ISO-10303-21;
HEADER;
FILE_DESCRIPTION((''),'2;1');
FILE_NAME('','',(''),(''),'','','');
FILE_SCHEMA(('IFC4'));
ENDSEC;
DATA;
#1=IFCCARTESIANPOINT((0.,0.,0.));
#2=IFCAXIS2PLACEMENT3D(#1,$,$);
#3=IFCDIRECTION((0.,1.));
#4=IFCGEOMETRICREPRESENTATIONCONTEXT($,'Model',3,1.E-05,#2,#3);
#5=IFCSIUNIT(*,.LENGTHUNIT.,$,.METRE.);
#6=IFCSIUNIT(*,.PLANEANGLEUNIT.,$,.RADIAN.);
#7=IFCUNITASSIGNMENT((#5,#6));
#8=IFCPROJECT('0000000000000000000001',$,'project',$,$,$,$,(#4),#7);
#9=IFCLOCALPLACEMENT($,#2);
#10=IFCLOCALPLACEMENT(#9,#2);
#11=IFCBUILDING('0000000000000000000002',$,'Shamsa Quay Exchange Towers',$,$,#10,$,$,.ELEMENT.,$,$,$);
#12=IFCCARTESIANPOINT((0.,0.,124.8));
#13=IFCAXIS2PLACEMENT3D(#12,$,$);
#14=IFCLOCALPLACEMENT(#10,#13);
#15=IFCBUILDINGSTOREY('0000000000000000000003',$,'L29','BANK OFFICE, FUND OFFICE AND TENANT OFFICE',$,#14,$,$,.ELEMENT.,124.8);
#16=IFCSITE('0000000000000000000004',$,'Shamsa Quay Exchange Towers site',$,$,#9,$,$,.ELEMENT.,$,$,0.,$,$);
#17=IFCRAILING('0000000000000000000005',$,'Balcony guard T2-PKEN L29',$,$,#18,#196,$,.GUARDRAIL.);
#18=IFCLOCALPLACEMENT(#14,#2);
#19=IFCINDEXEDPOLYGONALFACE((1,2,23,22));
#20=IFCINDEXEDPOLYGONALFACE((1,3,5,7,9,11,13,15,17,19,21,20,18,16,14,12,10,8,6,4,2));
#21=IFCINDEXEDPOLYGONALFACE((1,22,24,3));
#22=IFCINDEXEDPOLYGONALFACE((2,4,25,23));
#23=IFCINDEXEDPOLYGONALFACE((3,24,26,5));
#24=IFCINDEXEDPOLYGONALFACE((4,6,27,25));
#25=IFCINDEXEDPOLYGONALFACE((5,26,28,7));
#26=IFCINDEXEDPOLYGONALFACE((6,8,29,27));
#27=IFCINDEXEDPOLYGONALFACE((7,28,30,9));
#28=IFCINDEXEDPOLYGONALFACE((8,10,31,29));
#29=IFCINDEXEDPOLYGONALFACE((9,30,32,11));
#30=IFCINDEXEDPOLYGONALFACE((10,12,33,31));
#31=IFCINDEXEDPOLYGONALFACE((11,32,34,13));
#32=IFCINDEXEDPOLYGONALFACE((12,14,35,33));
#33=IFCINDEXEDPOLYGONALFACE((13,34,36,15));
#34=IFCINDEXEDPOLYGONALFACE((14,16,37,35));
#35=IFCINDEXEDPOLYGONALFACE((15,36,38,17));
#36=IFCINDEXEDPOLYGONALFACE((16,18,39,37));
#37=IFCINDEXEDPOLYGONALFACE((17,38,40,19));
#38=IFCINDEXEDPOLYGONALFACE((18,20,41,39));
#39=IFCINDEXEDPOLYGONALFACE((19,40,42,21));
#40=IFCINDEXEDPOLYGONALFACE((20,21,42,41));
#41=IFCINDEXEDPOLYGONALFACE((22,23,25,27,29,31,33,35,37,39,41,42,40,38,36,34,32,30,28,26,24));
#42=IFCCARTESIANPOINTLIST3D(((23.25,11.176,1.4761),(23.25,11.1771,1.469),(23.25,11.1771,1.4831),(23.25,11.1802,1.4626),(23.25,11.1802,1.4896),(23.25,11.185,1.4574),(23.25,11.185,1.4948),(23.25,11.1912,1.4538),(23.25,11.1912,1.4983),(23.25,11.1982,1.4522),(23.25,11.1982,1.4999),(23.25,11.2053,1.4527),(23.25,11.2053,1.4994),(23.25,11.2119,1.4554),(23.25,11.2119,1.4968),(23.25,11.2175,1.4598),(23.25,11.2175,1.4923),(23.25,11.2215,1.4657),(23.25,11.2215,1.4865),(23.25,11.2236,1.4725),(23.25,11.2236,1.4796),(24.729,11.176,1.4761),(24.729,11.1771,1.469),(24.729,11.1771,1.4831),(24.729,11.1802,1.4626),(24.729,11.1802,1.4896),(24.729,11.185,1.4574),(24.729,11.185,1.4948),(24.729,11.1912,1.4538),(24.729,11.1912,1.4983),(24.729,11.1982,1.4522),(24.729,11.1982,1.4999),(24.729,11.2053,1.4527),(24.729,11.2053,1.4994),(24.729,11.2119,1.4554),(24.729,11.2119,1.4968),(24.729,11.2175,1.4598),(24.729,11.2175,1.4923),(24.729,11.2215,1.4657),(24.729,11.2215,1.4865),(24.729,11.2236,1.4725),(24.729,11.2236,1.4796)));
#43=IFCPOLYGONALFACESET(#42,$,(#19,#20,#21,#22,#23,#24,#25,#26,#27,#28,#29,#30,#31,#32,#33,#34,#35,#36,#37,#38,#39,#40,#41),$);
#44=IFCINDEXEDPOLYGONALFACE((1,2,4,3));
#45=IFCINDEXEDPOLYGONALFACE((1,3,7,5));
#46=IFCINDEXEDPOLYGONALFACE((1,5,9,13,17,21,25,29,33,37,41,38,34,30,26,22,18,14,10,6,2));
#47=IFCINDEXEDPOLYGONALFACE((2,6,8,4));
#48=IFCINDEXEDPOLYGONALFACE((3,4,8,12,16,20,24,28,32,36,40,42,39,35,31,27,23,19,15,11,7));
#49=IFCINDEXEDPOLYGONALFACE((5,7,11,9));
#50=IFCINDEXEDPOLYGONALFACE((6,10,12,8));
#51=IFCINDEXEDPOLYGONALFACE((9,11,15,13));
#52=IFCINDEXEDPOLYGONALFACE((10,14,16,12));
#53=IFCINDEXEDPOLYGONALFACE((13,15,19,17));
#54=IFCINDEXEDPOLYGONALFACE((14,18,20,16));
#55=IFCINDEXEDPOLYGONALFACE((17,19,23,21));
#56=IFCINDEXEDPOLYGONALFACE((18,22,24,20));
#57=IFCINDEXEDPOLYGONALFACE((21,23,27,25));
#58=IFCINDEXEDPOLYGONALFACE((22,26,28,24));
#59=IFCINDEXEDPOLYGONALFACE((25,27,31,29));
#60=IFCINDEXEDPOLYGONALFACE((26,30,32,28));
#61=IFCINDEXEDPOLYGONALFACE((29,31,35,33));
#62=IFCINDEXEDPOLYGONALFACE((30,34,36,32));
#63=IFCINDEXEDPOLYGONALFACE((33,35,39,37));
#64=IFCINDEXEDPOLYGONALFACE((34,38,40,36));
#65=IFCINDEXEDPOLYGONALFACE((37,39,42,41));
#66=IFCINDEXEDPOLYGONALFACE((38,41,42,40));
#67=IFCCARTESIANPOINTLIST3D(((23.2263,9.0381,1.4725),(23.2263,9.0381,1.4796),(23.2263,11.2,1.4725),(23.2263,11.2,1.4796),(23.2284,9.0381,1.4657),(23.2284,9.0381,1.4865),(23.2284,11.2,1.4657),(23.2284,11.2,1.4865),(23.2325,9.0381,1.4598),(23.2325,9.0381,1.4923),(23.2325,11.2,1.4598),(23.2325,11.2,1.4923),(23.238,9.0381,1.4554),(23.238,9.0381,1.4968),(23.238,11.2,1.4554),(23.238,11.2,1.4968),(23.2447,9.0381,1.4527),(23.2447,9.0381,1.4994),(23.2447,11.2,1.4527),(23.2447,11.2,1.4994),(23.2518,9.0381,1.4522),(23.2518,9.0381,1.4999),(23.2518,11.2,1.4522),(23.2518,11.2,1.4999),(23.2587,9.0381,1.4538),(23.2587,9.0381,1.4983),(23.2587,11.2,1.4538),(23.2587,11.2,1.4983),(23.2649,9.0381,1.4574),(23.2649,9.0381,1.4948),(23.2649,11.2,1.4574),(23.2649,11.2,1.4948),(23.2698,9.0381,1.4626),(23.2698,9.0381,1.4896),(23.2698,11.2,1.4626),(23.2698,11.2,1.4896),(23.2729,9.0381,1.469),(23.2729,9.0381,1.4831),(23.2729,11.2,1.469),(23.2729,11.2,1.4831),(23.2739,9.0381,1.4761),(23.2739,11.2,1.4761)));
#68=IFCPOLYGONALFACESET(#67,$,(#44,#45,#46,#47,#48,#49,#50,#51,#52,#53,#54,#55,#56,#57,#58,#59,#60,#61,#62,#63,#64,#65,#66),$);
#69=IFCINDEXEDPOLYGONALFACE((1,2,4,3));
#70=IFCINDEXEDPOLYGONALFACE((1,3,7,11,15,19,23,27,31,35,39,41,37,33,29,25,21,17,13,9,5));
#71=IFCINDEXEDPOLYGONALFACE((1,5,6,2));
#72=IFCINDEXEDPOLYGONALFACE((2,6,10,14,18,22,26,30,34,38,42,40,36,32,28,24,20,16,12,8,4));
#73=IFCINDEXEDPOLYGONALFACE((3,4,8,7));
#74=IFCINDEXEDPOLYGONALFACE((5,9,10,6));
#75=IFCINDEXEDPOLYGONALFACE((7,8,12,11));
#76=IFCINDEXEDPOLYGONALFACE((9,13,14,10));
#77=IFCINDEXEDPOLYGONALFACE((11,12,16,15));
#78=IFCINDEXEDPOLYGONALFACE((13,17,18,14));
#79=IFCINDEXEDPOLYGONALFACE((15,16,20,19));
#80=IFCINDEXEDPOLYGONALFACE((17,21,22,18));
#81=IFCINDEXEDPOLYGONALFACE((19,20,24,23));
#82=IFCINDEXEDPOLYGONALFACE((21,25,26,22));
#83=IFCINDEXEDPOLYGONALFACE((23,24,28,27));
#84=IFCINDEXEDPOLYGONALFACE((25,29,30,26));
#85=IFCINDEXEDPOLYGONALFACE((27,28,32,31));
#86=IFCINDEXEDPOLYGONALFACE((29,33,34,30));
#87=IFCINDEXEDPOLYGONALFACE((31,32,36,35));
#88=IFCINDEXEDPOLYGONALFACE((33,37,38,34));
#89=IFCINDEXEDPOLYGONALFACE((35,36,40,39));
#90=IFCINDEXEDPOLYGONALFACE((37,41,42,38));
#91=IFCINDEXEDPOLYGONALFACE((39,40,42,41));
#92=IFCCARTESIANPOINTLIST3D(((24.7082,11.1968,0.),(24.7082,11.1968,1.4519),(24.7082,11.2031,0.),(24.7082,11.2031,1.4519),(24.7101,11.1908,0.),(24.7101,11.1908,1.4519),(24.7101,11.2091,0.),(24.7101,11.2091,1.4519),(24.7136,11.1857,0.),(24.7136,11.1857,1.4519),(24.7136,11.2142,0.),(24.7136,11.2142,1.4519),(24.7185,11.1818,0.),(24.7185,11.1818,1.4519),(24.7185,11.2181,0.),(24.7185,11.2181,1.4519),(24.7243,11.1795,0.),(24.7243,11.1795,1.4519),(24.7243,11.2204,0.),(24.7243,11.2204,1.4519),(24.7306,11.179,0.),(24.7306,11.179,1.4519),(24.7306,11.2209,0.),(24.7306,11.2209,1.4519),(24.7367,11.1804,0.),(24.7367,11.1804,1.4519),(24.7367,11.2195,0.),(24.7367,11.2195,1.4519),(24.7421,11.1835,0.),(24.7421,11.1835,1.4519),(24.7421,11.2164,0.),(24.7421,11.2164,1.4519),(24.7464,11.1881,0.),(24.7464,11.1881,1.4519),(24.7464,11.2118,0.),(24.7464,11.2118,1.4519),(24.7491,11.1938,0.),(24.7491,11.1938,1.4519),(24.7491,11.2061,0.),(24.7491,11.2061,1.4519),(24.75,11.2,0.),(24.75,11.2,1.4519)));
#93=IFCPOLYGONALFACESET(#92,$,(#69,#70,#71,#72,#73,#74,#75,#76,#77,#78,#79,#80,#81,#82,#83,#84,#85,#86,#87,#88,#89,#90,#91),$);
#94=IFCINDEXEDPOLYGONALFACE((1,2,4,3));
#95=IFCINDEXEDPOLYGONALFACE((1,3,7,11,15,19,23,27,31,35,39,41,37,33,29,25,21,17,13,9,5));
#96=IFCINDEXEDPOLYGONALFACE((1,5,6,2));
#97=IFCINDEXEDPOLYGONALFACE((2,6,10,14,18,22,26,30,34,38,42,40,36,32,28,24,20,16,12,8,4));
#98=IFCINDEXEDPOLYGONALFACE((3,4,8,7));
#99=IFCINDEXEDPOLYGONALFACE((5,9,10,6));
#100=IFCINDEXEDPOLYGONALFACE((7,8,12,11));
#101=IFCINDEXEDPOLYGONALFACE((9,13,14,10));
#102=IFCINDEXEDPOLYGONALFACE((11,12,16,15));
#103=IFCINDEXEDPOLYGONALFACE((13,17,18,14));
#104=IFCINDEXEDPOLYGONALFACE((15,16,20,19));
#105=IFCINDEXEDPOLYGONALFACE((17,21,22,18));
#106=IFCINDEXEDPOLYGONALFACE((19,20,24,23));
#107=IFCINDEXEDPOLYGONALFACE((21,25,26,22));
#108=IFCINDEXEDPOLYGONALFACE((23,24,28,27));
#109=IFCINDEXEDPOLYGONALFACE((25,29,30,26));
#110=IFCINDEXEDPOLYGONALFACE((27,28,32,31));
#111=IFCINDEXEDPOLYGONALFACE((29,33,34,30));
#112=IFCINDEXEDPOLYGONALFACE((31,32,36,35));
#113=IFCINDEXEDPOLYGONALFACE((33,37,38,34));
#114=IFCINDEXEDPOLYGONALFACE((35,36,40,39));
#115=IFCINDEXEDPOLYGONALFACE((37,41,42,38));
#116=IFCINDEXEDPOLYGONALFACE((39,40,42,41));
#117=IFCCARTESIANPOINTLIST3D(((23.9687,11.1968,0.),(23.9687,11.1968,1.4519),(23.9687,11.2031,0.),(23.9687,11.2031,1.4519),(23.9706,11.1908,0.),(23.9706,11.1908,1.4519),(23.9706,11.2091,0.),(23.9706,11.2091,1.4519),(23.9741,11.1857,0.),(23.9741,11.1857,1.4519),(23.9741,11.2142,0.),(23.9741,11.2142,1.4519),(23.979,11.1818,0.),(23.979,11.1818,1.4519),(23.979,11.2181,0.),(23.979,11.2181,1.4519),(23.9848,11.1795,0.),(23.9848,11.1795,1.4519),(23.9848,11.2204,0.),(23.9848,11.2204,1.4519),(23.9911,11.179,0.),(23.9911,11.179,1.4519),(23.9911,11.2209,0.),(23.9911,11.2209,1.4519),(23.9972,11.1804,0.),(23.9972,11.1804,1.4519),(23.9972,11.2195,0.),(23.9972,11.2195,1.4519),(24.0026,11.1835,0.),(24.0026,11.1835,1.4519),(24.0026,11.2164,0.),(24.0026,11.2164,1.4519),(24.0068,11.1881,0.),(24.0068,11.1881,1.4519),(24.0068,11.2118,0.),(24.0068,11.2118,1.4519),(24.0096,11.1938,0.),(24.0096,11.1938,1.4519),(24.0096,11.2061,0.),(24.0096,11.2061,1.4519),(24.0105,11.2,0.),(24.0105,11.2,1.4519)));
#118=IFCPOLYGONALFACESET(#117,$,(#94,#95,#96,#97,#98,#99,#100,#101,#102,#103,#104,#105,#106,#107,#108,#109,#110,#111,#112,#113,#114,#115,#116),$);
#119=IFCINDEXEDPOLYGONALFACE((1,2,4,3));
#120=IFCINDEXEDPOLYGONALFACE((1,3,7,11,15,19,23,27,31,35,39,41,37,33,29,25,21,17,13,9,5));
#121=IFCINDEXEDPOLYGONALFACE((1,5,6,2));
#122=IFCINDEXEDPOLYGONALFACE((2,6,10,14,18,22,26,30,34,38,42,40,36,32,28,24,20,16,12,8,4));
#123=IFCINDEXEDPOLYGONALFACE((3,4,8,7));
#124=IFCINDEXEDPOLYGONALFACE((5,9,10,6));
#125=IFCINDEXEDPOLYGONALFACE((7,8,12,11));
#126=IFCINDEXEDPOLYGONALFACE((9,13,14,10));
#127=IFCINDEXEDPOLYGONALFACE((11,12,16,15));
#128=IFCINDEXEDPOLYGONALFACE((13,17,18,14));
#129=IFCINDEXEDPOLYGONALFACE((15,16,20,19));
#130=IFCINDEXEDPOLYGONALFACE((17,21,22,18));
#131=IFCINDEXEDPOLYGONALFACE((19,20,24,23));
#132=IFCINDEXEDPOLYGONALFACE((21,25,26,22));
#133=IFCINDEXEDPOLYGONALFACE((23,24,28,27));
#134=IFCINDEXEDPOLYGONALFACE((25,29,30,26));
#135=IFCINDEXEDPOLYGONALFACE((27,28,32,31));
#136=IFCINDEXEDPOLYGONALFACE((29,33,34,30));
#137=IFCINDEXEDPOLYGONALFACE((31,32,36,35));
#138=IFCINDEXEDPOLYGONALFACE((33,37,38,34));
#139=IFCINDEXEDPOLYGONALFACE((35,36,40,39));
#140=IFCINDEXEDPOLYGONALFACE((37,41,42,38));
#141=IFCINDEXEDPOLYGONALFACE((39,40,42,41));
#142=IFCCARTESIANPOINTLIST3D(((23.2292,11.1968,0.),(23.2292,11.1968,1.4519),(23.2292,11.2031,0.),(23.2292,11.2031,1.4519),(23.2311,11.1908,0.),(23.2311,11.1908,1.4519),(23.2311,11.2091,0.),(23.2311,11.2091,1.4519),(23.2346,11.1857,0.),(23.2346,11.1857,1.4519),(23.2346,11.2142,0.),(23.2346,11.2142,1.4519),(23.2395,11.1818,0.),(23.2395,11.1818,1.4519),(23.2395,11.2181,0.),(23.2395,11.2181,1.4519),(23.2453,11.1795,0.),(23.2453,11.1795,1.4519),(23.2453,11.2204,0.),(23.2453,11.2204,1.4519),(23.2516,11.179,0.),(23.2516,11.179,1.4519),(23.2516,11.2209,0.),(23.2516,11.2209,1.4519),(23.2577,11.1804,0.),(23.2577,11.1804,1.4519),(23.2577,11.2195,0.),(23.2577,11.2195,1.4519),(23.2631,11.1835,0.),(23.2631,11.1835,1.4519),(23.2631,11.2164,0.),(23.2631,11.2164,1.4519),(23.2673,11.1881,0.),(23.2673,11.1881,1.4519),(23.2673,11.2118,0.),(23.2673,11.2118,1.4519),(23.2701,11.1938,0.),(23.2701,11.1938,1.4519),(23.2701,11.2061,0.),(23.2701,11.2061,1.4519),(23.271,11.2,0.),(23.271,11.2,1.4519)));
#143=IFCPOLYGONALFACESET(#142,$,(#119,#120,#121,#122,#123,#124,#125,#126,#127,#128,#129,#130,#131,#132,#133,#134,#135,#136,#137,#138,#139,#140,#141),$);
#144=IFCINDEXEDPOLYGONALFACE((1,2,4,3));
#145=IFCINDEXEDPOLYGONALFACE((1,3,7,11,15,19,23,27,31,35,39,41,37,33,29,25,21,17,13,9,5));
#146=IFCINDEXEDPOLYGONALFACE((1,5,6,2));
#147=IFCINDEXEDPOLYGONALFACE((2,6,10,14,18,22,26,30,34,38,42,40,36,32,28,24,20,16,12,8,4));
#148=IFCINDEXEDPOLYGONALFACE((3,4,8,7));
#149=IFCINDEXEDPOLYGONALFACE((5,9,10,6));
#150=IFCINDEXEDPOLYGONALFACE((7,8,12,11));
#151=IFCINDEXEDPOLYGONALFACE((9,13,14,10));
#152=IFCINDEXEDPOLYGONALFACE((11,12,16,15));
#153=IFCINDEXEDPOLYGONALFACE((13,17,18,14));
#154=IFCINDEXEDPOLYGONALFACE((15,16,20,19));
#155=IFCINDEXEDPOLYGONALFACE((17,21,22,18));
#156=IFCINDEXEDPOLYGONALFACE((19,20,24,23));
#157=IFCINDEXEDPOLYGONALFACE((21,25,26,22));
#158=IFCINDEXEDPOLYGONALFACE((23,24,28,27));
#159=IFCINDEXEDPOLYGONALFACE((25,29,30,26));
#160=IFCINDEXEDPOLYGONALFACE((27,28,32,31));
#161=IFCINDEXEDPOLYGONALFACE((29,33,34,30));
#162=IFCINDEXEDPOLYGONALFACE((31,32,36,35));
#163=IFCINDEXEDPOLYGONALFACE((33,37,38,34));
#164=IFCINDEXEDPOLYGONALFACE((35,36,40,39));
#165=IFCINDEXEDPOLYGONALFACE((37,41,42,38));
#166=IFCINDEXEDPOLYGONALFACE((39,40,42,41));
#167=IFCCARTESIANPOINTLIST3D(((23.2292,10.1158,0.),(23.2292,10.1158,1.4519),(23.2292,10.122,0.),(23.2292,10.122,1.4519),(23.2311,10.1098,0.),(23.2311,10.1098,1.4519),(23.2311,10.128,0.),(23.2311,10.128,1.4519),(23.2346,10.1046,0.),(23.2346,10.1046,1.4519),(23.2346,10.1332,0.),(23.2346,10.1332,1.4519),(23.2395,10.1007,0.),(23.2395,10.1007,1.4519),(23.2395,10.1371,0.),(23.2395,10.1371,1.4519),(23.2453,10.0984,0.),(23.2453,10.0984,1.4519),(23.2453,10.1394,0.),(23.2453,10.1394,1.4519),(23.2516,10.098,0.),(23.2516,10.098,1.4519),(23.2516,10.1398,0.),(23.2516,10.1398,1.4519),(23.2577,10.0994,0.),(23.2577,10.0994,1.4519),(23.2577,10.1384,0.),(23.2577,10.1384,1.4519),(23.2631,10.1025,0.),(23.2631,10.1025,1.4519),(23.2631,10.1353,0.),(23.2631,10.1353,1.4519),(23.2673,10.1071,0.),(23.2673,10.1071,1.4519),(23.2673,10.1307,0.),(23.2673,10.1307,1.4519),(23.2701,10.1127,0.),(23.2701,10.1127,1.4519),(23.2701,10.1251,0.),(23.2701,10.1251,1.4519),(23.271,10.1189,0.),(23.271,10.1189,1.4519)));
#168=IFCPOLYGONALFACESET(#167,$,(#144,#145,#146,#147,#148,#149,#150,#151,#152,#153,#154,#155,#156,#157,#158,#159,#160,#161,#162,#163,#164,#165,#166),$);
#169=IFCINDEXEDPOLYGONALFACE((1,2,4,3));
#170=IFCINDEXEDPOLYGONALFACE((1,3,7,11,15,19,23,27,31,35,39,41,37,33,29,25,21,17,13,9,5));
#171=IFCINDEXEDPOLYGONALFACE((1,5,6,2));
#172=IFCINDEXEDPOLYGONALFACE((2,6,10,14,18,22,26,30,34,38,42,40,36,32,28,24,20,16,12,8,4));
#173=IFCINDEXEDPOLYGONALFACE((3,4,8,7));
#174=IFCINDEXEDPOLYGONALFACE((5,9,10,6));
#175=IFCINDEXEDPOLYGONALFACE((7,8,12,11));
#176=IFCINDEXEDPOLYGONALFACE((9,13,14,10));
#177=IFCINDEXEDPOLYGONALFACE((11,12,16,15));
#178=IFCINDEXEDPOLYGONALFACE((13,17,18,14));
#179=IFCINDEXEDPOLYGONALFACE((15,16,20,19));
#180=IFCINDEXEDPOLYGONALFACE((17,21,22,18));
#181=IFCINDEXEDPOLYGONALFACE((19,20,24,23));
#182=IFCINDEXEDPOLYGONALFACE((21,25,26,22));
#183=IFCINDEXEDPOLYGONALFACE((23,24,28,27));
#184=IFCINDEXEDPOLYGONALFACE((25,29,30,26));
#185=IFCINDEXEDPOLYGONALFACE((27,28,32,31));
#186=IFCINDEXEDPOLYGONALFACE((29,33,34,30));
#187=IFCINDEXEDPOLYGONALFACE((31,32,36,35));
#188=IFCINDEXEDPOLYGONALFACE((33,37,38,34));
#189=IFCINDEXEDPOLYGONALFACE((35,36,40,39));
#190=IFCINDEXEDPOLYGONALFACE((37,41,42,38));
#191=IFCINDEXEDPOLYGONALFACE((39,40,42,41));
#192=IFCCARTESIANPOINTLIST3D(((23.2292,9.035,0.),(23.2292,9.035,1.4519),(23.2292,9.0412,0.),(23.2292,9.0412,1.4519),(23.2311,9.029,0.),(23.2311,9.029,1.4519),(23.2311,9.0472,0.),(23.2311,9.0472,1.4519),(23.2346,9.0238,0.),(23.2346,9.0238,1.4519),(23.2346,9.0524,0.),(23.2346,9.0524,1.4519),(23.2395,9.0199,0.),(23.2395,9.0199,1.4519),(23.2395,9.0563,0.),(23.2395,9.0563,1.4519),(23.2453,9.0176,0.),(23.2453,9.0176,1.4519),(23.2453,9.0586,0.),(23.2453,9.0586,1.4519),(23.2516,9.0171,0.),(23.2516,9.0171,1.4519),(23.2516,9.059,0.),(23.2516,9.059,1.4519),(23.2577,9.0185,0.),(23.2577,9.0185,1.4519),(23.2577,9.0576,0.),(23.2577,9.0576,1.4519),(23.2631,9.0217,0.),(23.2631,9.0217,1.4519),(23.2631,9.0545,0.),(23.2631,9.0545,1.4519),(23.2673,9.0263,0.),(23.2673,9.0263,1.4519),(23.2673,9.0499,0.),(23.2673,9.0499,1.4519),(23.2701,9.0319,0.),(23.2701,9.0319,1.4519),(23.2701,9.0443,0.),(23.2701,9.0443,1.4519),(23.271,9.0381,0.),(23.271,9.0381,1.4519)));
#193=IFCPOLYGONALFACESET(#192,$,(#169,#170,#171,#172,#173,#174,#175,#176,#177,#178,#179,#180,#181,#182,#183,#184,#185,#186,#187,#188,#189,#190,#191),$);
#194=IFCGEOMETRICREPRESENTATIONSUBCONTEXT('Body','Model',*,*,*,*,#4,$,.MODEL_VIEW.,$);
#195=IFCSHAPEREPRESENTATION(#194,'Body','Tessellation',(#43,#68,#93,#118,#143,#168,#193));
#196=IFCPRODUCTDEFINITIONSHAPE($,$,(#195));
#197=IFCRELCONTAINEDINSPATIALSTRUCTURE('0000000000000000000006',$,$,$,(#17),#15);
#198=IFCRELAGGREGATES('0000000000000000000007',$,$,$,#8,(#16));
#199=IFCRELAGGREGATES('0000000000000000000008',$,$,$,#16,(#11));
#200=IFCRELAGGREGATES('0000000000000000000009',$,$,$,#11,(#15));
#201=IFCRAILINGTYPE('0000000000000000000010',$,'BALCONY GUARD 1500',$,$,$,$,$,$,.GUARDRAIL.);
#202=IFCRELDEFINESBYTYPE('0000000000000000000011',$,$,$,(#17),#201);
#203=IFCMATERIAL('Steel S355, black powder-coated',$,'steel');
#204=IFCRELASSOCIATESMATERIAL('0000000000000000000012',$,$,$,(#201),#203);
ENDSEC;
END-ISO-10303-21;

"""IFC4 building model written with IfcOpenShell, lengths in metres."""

from ifc_helpers import new_model, si_unit, direction, frame, origin, origin_2d, place, context, subcontext, project, spatial, circle, extrude, material, type_object, element, save


model = new_model("IFC4")

# Units and contexts
model_context = context("Model", 3, precision=1e-05, world=origin(), true_north=direction((0.0, 1.0)))
body_context = subcontext(model_context, "Body", "Model", "MODEL_VIEW")
ifc_project = project(units=[si_unit("LENGTHUNIT", "METRE"), si_unit("PLANEANGLEUNIT", "RADIAN")], contexts=[model_context])

# Site, building, storey
site_placement = place(None, origin())
site = spatial("IfcSite", under=ifc_project, at=site_placement, Name="Shamsa Quay Exchange Towers site", CompositionType="ELEMENT", RefElevation=0.0)
building_placement = place(site_placement, origin())
building = spatial("IfcBuilding", under=site, at=building_placement, Name="Shamsa Quay Exchange Towers", CompositionType="ELEMENT")
storey_placement = place(building_placement, frame((0.0, 0.0, 124.8)))
storey = spatial("IfcBuildingStorey", under=building, at=storey_placement, Name="L29", Description="BANK OFFICE, FUND OFFICE AND TENANT OFFICE", CompositionType="ELEMENT", Elevation=124.8)

# Railing
ifc_material_1 = material(Name="Steel S355, black powder-coated", Category="steel")
railing_type = type_object("IfcRailingType", Name="BALCONY GUARD 1500", PredefinedType="GUARDRAIL", material=ifc_material_1)
for number, where, name in (
    (1, (24.729, 11.2, 0.0), "Balcony guard T2-PKEN L29"),
):
    element("IfcRailing", number, at=place(storey_placement, frame(where)), inside=storey, type_object=railing_type, Name=name, PredefinedType="GUARDRAIL", context=body_context, shape_type="SweptSolid", body=[
        extrude(circle(Radius=0.0239, at=origin_2d()), frame((0.0, 0.0, 1.4761), z_axis=(-1.0, 0.0, 0.0), x_axis=(0.0, -1.0, 0.0)), (0.0, 0.0, 1.0), 1.479),
        extrude(circle(Radius=0.0239, at=origin_2d()), frame((-1.479, 0.0, 1.4761), z_axis=(0.0, -1.0, 0.0), x_axis=(1.0, 0.0, 0.0)), (0.0, 0.0, 1.0), 2.1619),
        extrude(circle(Radius=0.021, at=origin_2d()), origin(), (0.0, 0.0, 1.0), 1.4519),
        extrude(circle(Radius=0.021, at=origin_2d()), frame((-0.7395, 0.0, 0.0)), (0.0, 0.0, 1.0), 1.4519),
        extrude(circle(Radius=0.021, at=origin_2d()), frame((-1.479, 0.0, 0.0)), (0.0, 0.0, 1.0), 1.4519),
        extrude(circle(Radius=0.021, at=origin_2d()), frame((-1.479, -1.0811, 0.0)), (0.0, 0.0, 1.0), 1.4519),
        extrude(circle(Radius=0.021, at=origin_2d()), frame((-1.479, -2.1619, 0.0)), (0.0, 0.0, 1.0), 1.4519),
    ])

save(model, "model.ifc")
